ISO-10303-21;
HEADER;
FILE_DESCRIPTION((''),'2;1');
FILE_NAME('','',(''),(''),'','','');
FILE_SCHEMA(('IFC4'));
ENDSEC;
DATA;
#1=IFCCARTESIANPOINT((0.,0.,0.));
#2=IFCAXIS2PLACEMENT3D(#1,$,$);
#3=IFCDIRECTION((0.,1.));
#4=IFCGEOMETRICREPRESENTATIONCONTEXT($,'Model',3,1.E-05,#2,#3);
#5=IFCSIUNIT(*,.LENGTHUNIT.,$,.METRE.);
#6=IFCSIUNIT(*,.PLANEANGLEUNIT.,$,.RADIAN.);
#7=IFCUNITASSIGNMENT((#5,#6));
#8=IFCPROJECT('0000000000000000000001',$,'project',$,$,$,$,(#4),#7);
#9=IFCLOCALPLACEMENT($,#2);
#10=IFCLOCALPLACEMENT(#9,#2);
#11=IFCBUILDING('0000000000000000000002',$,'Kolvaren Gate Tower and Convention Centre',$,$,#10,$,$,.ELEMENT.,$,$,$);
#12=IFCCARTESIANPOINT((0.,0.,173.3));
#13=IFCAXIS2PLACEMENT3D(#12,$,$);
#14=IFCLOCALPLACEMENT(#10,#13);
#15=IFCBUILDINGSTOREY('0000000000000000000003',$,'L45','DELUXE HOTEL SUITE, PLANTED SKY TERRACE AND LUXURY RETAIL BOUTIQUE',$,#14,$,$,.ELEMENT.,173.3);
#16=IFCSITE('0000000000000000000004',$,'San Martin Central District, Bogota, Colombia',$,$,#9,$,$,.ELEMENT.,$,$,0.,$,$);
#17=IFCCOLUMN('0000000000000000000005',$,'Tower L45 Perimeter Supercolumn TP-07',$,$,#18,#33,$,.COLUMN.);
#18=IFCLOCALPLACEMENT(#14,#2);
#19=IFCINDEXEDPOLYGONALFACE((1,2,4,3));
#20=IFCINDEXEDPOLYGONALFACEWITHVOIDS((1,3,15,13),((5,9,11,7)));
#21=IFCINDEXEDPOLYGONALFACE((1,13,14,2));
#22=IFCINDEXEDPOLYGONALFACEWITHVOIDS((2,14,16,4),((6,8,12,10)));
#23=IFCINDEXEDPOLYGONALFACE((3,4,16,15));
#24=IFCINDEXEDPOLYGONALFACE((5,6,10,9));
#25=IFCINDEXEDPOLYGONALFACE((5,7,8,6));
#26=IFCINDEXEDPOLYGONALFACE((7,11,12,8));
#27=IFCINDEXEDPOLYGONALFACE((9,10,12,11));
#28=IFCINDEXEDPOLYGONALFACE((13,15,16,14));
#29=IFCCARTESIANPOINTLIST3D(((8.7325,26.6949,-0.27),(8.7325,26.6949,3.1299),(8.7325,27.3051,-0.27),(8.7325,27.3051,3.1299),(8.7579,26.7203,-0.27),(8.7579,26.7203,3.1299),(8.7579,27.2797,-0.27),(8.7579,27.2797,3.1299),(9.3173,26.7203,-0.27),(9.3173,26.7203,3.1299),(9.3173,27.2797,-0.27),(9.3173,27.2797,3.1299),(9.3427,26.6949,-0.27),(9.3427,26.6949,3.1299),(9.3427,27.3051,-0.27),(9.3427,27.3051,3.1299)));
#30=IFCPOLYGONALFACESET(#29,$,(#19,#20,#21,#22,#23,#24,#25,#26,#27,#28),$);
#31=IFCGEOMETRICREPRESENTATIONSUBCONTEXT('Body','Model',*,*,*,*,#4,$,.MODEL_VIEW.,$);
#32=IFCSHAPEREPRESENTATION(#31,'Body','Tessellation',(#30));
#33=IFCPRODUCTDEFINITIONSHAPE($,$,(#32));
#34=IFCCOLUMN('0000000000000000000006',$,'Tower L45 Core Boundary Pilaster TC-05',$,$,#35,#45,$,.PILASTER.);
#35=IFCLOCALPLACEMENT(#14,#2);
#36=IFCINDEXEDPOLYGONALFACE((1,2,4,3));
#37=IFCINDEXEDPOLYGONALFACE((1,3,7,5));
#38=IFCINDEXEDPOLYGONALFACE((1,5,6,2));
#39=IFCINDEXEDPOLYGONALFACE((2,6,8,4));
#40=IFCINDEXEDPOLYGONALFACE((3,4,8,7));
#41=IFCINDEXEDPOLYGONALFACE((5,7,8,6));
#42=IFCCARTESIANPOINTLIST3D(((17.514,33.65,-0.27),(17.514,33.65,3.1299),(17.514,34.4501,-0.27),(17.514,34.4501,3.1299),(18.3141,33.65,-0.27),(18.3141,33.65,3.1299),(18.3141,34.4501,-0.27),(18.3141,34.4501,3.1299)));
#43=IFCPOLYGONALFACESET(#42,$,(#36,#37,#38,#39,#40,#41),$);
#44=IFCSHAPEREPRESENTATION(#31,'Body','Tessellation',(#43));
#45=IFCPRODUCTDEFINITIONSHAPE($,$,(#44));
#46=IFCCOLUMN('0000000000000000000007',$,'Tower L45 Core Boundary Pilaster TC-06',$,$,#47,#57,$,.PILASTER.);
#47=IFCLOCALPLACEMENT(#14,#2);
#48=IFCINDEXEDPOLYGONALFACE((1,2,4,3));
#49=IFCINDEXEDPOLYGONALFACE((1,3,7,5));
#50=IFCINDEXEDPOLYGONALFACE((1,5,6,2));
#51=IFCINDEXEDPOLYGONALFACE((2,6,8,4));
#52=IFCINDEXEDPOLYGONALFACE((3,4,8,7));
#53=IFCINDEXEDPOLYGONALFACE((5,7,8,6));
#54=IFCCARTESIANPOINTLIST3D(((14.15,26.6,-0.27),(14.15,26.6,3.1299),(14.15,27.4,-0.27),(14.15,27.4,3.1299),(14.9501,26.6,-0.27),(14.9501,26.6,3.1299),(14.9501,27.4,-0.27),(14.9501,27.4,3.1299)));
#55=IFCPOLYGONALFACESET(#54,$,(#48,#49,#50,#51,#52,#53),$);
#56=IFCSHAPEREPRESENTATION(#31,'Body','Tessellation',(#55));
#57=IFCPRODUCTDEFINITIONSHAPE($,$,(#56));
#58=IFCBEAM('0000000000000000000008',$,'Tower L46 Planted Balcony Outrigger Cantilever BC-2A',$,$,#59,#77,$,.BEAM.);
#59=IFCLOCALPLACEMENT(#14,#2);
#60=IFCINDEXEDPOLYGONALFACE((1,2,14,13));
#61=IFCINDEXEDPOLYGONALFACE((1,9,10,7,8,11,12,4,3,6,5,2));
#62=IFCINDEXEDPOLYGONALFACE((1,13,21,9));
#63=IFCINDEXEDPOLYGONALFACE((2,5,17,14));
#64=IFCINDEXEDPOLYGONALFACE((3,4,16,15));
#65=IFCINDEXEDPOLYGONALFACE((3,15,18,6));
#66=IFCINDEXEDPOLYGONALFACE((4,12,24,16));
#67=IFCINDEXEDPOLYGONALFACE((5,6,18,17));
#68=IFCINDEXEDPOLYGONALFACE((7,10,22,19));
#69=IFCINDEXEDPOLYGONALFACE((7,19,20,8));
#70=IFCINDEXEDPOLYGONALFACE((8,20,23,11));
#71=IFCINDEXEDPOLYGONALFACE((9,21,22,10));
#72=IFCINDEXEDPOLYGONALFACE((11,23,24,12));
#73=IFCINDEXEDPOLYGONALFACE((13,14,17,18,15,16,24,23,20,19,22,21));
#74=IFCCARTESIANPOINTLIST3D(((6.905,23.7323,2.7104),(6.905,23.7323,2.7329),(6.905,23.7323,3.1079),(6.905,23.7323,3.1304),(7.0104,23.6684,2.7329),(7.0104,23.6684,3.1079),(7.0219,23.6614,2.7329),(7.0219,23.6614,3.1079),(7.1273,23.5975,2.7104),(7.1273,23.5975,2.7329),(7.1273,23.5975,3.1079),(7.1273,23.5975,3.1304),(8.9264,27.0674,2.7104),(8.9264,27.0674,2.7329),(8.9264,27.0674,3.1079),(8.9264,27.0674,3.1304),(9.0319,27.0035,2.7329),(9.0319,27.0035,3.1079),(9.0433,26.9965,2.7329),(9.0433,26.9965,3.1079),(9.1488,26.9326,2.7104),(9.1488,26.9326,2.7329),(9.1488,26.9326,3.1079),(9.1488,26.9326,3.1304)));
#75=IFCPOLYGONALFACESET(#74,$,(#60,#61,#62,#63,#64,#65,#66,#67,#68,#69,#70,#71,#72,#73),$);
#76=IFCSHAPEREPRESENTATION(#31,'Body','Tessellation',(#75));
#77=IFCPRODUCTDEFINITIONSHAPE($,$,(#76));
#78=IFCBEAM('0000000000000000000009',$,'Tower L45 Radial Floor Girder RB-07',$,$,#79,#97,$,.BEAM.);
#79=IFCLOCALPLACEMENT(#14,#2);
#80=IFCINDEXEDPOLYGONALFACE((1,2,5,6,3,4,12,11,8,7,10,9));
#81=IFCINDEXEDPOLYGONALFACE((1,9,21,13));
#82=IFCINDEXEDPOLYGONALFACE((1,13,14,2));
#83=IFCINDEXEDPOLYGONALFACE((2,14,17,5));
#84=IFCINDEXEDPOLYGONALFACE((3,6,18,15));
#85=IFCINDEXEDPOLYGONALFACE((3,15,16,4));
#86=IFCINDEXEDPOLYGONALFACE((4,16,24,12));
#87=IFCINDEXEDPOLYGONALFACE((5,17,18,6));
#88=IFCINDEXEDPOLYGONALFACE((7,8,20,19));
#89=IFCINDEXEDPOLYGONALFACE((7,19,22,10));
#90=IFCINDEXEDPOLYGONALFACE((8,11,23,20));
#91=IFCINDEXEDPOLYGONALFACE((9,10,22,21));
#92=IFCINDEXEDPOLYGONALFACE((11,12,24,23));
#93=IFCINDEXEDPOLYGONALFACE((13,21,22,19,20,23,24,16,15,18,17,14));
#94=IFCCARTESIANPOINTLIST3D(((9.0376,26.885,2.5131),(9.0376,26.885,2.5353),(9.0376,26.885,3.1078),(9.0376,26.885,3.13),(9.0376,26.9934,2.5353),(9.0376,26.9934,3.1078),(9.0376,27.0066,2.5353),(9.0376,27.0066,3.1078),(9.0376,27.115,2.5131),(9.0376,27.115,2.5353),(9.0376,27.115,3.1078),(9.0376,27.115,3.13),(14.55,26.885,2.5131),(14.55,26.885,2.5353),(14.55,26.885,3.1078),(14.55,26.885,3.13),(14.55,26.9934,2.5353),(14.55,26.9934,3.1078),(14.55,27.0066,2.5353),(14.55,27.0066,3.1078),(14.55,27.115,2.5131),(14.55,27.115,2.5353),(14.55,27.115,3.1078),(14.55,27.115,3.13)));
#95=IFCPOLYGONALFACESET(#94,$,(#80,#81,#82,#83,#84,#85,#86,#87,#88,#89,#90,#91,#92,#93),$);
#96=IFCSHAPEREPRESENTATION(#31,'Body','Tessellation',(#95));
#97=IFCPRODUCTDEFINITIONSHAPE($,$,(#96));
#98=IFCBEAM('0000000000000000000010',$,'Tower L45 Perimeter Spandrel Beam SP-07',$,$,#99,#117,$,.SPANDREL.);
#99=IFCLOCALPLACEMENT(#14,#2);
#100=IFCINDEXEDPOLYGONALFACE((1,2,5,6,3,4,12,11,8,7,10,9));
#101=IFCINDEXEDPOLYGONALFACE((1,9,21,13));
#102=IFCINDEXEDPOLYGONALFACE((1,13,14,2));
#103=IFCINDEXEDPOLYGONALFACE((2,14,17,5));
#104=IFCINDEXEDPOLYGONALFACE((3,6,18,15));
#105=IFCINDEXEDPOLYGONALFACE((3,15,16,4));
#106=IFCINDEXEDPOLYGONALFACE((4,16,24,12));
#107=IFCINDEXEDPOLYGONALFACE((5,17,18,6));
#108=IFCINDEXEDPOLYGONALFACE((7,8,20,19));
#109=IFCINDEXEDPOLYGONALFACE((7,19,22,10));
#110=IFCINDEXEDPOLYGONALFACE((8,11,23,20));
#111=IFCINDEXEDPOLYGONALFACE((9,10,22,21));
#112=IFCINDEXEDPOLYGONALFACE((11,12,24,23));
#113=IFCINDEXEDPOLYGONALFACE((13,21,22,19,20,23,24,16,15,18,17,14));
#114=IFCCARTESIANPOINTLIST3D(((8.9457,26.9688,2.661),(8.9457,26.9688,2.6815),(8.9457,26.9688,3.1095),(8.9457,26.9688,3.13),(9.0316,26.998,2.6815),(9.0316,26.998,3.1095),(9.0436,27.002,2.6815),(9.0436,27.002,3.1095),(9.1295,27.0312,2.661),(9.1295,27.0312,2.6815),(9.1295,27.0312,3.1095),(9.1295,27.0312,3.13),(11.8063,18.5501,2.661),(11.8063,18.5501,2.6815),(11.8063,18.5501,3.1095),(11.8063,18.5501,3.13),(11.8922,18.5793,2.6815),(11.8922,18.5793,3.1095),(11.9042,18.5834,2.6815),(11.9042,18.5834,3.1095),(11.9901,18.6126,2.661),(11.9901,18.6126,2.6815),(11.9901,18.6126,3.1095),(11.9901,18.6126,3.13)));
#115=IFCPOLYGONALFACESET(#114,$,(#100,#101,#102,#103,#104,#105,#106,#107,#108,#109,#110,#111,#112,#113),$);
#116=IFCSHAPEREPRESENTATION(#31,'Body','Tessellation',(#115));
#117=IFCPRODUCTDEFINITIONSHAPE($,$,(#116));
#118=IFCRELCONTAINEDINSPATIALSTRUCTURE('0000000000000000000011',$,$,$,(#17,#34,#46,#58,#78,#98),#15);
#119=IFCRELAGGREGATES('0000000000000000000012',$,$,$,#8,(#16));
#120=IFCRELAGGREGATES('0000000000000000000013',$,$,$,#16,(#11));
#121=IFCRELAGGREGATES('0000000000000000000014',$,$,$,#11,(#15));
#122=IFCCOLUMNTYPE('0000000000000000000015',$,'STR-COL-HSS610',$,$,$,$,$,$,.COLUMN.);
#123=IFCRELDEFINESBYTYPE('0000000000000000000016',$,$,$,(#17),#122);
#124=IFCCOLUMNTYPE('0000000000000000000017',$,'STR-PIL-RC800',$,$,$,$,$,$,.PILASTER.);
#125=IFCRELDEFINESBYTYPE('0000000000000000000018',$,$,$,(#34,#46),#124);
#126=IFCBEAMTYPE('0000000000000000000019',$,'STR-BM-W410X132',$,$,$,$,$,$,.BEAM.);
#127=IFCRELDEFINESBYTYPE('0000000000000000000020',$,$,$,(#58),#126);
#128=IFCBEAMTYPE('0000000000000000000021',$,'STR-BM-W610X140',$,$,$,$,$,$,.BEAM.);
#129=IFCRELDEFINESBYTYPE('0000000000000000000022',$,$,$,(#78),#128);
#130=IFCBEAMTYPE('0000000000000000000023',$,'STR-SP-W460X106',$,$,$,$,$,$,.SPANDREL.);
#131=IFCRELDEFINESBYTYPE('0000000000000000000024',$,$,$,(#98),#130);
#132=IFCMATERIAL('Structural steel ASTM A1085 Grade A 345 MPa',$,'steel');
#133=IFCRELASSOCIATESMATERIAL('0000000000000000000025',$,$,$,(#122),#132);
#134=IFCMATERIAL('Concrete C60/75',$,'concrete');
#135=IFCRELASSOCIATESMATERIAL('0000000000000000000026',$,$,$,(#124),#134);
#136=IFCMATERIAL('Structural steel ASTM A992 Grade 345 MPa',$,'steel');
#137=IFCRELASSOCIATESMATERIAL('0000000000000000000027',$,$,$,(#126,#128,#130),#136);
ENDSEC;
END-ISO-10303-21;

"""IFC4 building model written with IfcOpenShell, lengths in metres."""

from ifc_helpers import new_model, si_unit, direction, frame, origin, origin_2d, place, context, subcontext, project, spatial, rectangle, hollow_rectangle, i_section, extrude, material, material_profile, profile_set, type_object, element, save


model = new_model("IFC4")

# Units and contexts
model_context = context("Model", 3, precision=1e-05, world=origin(), true_north=direction((0.0, 1.0)))
body_context = subcontext(model_context, "Body", "Model", "MODEL_VIEW")
ifc_project = project(units=[si_unit("LENGTHUNIT", "METRE"), si_unit("PLANEANGLEUNIT", "RADIAN")], contexts=[model_context])

# Site, building, storey
site_placement = place(None, origin())
site = spatial("IfcSite", under=ifc_project, at=site_placement, Name="San Martin Central District, Bogota, Colombia", CompositionType="ELEMENT", RefElevation=0.0)
building_placement = place(site_placement, origin())
building = spatial("IfcBuilding", under=site, at=building_placement, Name="Kolvaren Gate Tower and Convention Centre", CompositionType="ELEMENT")
storey_placement = place(building_placement, frame((0.0, 0.0, 173.3)))
storey = spatial("IfcBuildingStorey", under=building, at=storey_placement, Name="L45", Description="DELUXE HOTEL SUITE, PLANTED SKY TERRACE AND LUXURY RETAIL BOUTIQUE", CompositionType="ELEMENT", Elevation=173.3)

# Columns
ifc_material_1 = material(Name="Structural steel ASTM A1085 Grade A 345 MPa", Category="steel")
ifc_material_profile_1 = material_profile(ifc_material_1, hollow_rectangle(XDim=0.6101, YDim=0.6101, WallThickness=0.0254, at=origin_2d()), Name="HSS610X610X25.4")
ifc_profile_set_1 = profile_set([ifc_material_profile_1], Name="Structural steel ASTM A1085 Grade A 345 MPa")
column_type_1 = type_object("IfcColumnType", Name="STR-COL-HSS610", PredefinedType="COLUMN", material=ifc_profile_set_1)
column_placement = place(storey_placement, frame((9.0376, 27.0, -0.27), z_axis=(0.0, 0.0, 1.0), x_axis=(1.0, 0.0, 0.0)))
element("IfcColumn", 1, at=column_placement, inside=storey, type_object=column_type_1, Name="Tower L45 Perimeter Supercolumn TP-07", PredefinedType="COLUMN", context=body_context, shape_type="SweptSolid", body=[
    extrude(hollow_rectangle(XDim=0.6101, YDim=0.6101, WallThickness=0.0254, at=origin_2d()), origin(), (0.0, 0.0, 1.0), 3.3999),
])
ifc_material_2 = material(Name="Concrete C60/75", Category="concrete")
ifc_material_profile_2 = material_profile(ifc_material_2, rectangle(XDim=0.8, YDim=0.8, at=origin_2d()), Name="RC-COL-800X800")
ifc_profile_set_2 = profile_set([ifc_material_profile_2], Name="Concrete C60/75")
column_type_2 = type_object("IfcColumnType", Name="STR-PIL-RC800", PredefinedType="PILASTER", material=ifc_profile_set_2)
for number, where, z_axis, x_axis, name in (
    (2, (17.9141, 34.05, -0.27), (0.0, 0.0, 1.0), (1.0, 0.0, 0.0), "Tower L45 Core Boundary Pilaster TC-05"),
    (3, (14.55, 27.0, -0.27), (0.0, 0.0, 1.0), (1.0, 0.0, 0.0), "Tower L45 Core Boundary Pilaster TC-06"),
):
    element("IfcColumn", number, at=place(storey_placement, frame(where, z_axis=z_axis, x_axis=x_axis)), inside=storey, type_object=column_type_2, Name=name, PredefinedType="PILASTER", context=body_context, shape_type="SweptSolid", body=[
        extrude(rectangle(XDim=0.8, YDim=0.8, at=origin_2d()), origin(), (0.0, 0.0, 1.0), 3.3999),
    ])

# Beams
ifc_material_3 = material(Name="Structural steel ASTM A992 Grade 345 MPa", Category="steel")
ifc_material_profile_3 = material_profile(ifc_material_3, i_section(OverallWidth=0.26, OverallDepth=0.4199, WebThickness=0.0134, FlangeThickness=0.0225, at=origin_2d()), Name="W410X132")
ifc_profile_set_3 = profile_set([ifc_material_profile_3], Name="Structural steel ASTM A992 Grade 345 MPa")
beam_type_1 = type_object("IfcBeamType", Name="STR-BM-W410X132", PredefinedType="BEAM", material=ifc_profile_set_3)
beam_1_placement = place(storey_placement, frame((9.0376, 27.0, 2.9204), z_axis=(-0.518329, -0.855181, 0.0), x_axis=(0.855181, -0.518329, 0.0)))
element("IfcBeam", 4, at=beam_1_placement, inside=storey, type_object=beam_type_1, Name="Tower L46 Planted Balcony Outrigger Cantilever BC-2A", PredefinedType="BEAM", context=body_context, shape_type="SweptSolid", body=[
    extrude(i_section(OverallWidth=0.26, OverallDepth=0.4199, WebThickness=0.0134, FlangeThickness=0.0225, at=origin_2d()), origin(), (0.0, 0.0, 1.0), 3.8999),
])
ifc_material_profile_4 = material_profile(ifc_material_3, i_section(OverallWidth=0.23, OverallDepth=0.6169, WebThickness=0.0132, FlangeThickness=0.0222, at=origin_2d()), Name="W610X140")
ifc_profile_set_4 = profile_set([ifc_material_profile_4], Name="Structural steel ASTM A992 Grade 345 MPa")
beam_type_2 = type_object("IfcBeamType", Name="STR-BM-W610X140", PredefinedType="BEAM", material=ifc_profile_set_4)
beam_2_placement = place(storey_placement, frame((14.55, 27.0, 2.8215), z_axis=(-1.0, 0.0, 0.0), x_axis=(0.0, -1.0, 0.0)))
element("IfcBeam", 5, at=beam_2_placement, inside=storey, type_object=beam_type_2, Name="Tower L45 Radial Floor Girder RB-07", PredefinedType="BEAM", context=body_context, shape_type="SweptSolid", body=[
    extrude(i_section(OverallWidth=0.23, OverallDepth=0.6169, WebThickness=0.0132, FlangeThickness=0.0222, at=origin_2d()), origin(), (0.0, 0.0, 1.0), 5.5125),
])
ifc_material_profile_5 = material_profile(ifc_material_3, i_section(OverallWidth=0.1941, OverallDepth=0.469, WebThickness=0.0127, FlangeThickness=0.0205, at=origin_2d()), Name="W460X106")
ifc_profile_set_5 = profile_set([ifc_material_profile_5], Name="Structural steel ASTM A992 Grade 345 MPa")
beam_type_3 = type_object("IfcBeamType", Name="STR-SP-W460X106", PredefinedType="SPANDREL", material=ifc_profile_set_5)
beam_3_placement = place(storey_placement, frame((9.0376, 27.0, 2.8955), z_axis=(0.321725, -0.946833, 0.0), x_axis=(0.946833, 0.321725, 0.0)))
element("IfcBeam", 6, at=beam_3_placement, inside=storey, type_object=beam_type_3, Name="Tower L45 Perimeter Spandrel Beam SP-07", PredefinedType="SPANDREL", context=body_context, shape_type="SweptSolid", body=[
    extrude(i_section(OverallWidth=0.1941, OverallDepth=0.469, WebThickness=0.0127, FlangeThickness=0.0205, at=origin_2d()), origin(), (0.0, 0.0, 1.0), 8.8914),
])

save(model, "model.ifc")
